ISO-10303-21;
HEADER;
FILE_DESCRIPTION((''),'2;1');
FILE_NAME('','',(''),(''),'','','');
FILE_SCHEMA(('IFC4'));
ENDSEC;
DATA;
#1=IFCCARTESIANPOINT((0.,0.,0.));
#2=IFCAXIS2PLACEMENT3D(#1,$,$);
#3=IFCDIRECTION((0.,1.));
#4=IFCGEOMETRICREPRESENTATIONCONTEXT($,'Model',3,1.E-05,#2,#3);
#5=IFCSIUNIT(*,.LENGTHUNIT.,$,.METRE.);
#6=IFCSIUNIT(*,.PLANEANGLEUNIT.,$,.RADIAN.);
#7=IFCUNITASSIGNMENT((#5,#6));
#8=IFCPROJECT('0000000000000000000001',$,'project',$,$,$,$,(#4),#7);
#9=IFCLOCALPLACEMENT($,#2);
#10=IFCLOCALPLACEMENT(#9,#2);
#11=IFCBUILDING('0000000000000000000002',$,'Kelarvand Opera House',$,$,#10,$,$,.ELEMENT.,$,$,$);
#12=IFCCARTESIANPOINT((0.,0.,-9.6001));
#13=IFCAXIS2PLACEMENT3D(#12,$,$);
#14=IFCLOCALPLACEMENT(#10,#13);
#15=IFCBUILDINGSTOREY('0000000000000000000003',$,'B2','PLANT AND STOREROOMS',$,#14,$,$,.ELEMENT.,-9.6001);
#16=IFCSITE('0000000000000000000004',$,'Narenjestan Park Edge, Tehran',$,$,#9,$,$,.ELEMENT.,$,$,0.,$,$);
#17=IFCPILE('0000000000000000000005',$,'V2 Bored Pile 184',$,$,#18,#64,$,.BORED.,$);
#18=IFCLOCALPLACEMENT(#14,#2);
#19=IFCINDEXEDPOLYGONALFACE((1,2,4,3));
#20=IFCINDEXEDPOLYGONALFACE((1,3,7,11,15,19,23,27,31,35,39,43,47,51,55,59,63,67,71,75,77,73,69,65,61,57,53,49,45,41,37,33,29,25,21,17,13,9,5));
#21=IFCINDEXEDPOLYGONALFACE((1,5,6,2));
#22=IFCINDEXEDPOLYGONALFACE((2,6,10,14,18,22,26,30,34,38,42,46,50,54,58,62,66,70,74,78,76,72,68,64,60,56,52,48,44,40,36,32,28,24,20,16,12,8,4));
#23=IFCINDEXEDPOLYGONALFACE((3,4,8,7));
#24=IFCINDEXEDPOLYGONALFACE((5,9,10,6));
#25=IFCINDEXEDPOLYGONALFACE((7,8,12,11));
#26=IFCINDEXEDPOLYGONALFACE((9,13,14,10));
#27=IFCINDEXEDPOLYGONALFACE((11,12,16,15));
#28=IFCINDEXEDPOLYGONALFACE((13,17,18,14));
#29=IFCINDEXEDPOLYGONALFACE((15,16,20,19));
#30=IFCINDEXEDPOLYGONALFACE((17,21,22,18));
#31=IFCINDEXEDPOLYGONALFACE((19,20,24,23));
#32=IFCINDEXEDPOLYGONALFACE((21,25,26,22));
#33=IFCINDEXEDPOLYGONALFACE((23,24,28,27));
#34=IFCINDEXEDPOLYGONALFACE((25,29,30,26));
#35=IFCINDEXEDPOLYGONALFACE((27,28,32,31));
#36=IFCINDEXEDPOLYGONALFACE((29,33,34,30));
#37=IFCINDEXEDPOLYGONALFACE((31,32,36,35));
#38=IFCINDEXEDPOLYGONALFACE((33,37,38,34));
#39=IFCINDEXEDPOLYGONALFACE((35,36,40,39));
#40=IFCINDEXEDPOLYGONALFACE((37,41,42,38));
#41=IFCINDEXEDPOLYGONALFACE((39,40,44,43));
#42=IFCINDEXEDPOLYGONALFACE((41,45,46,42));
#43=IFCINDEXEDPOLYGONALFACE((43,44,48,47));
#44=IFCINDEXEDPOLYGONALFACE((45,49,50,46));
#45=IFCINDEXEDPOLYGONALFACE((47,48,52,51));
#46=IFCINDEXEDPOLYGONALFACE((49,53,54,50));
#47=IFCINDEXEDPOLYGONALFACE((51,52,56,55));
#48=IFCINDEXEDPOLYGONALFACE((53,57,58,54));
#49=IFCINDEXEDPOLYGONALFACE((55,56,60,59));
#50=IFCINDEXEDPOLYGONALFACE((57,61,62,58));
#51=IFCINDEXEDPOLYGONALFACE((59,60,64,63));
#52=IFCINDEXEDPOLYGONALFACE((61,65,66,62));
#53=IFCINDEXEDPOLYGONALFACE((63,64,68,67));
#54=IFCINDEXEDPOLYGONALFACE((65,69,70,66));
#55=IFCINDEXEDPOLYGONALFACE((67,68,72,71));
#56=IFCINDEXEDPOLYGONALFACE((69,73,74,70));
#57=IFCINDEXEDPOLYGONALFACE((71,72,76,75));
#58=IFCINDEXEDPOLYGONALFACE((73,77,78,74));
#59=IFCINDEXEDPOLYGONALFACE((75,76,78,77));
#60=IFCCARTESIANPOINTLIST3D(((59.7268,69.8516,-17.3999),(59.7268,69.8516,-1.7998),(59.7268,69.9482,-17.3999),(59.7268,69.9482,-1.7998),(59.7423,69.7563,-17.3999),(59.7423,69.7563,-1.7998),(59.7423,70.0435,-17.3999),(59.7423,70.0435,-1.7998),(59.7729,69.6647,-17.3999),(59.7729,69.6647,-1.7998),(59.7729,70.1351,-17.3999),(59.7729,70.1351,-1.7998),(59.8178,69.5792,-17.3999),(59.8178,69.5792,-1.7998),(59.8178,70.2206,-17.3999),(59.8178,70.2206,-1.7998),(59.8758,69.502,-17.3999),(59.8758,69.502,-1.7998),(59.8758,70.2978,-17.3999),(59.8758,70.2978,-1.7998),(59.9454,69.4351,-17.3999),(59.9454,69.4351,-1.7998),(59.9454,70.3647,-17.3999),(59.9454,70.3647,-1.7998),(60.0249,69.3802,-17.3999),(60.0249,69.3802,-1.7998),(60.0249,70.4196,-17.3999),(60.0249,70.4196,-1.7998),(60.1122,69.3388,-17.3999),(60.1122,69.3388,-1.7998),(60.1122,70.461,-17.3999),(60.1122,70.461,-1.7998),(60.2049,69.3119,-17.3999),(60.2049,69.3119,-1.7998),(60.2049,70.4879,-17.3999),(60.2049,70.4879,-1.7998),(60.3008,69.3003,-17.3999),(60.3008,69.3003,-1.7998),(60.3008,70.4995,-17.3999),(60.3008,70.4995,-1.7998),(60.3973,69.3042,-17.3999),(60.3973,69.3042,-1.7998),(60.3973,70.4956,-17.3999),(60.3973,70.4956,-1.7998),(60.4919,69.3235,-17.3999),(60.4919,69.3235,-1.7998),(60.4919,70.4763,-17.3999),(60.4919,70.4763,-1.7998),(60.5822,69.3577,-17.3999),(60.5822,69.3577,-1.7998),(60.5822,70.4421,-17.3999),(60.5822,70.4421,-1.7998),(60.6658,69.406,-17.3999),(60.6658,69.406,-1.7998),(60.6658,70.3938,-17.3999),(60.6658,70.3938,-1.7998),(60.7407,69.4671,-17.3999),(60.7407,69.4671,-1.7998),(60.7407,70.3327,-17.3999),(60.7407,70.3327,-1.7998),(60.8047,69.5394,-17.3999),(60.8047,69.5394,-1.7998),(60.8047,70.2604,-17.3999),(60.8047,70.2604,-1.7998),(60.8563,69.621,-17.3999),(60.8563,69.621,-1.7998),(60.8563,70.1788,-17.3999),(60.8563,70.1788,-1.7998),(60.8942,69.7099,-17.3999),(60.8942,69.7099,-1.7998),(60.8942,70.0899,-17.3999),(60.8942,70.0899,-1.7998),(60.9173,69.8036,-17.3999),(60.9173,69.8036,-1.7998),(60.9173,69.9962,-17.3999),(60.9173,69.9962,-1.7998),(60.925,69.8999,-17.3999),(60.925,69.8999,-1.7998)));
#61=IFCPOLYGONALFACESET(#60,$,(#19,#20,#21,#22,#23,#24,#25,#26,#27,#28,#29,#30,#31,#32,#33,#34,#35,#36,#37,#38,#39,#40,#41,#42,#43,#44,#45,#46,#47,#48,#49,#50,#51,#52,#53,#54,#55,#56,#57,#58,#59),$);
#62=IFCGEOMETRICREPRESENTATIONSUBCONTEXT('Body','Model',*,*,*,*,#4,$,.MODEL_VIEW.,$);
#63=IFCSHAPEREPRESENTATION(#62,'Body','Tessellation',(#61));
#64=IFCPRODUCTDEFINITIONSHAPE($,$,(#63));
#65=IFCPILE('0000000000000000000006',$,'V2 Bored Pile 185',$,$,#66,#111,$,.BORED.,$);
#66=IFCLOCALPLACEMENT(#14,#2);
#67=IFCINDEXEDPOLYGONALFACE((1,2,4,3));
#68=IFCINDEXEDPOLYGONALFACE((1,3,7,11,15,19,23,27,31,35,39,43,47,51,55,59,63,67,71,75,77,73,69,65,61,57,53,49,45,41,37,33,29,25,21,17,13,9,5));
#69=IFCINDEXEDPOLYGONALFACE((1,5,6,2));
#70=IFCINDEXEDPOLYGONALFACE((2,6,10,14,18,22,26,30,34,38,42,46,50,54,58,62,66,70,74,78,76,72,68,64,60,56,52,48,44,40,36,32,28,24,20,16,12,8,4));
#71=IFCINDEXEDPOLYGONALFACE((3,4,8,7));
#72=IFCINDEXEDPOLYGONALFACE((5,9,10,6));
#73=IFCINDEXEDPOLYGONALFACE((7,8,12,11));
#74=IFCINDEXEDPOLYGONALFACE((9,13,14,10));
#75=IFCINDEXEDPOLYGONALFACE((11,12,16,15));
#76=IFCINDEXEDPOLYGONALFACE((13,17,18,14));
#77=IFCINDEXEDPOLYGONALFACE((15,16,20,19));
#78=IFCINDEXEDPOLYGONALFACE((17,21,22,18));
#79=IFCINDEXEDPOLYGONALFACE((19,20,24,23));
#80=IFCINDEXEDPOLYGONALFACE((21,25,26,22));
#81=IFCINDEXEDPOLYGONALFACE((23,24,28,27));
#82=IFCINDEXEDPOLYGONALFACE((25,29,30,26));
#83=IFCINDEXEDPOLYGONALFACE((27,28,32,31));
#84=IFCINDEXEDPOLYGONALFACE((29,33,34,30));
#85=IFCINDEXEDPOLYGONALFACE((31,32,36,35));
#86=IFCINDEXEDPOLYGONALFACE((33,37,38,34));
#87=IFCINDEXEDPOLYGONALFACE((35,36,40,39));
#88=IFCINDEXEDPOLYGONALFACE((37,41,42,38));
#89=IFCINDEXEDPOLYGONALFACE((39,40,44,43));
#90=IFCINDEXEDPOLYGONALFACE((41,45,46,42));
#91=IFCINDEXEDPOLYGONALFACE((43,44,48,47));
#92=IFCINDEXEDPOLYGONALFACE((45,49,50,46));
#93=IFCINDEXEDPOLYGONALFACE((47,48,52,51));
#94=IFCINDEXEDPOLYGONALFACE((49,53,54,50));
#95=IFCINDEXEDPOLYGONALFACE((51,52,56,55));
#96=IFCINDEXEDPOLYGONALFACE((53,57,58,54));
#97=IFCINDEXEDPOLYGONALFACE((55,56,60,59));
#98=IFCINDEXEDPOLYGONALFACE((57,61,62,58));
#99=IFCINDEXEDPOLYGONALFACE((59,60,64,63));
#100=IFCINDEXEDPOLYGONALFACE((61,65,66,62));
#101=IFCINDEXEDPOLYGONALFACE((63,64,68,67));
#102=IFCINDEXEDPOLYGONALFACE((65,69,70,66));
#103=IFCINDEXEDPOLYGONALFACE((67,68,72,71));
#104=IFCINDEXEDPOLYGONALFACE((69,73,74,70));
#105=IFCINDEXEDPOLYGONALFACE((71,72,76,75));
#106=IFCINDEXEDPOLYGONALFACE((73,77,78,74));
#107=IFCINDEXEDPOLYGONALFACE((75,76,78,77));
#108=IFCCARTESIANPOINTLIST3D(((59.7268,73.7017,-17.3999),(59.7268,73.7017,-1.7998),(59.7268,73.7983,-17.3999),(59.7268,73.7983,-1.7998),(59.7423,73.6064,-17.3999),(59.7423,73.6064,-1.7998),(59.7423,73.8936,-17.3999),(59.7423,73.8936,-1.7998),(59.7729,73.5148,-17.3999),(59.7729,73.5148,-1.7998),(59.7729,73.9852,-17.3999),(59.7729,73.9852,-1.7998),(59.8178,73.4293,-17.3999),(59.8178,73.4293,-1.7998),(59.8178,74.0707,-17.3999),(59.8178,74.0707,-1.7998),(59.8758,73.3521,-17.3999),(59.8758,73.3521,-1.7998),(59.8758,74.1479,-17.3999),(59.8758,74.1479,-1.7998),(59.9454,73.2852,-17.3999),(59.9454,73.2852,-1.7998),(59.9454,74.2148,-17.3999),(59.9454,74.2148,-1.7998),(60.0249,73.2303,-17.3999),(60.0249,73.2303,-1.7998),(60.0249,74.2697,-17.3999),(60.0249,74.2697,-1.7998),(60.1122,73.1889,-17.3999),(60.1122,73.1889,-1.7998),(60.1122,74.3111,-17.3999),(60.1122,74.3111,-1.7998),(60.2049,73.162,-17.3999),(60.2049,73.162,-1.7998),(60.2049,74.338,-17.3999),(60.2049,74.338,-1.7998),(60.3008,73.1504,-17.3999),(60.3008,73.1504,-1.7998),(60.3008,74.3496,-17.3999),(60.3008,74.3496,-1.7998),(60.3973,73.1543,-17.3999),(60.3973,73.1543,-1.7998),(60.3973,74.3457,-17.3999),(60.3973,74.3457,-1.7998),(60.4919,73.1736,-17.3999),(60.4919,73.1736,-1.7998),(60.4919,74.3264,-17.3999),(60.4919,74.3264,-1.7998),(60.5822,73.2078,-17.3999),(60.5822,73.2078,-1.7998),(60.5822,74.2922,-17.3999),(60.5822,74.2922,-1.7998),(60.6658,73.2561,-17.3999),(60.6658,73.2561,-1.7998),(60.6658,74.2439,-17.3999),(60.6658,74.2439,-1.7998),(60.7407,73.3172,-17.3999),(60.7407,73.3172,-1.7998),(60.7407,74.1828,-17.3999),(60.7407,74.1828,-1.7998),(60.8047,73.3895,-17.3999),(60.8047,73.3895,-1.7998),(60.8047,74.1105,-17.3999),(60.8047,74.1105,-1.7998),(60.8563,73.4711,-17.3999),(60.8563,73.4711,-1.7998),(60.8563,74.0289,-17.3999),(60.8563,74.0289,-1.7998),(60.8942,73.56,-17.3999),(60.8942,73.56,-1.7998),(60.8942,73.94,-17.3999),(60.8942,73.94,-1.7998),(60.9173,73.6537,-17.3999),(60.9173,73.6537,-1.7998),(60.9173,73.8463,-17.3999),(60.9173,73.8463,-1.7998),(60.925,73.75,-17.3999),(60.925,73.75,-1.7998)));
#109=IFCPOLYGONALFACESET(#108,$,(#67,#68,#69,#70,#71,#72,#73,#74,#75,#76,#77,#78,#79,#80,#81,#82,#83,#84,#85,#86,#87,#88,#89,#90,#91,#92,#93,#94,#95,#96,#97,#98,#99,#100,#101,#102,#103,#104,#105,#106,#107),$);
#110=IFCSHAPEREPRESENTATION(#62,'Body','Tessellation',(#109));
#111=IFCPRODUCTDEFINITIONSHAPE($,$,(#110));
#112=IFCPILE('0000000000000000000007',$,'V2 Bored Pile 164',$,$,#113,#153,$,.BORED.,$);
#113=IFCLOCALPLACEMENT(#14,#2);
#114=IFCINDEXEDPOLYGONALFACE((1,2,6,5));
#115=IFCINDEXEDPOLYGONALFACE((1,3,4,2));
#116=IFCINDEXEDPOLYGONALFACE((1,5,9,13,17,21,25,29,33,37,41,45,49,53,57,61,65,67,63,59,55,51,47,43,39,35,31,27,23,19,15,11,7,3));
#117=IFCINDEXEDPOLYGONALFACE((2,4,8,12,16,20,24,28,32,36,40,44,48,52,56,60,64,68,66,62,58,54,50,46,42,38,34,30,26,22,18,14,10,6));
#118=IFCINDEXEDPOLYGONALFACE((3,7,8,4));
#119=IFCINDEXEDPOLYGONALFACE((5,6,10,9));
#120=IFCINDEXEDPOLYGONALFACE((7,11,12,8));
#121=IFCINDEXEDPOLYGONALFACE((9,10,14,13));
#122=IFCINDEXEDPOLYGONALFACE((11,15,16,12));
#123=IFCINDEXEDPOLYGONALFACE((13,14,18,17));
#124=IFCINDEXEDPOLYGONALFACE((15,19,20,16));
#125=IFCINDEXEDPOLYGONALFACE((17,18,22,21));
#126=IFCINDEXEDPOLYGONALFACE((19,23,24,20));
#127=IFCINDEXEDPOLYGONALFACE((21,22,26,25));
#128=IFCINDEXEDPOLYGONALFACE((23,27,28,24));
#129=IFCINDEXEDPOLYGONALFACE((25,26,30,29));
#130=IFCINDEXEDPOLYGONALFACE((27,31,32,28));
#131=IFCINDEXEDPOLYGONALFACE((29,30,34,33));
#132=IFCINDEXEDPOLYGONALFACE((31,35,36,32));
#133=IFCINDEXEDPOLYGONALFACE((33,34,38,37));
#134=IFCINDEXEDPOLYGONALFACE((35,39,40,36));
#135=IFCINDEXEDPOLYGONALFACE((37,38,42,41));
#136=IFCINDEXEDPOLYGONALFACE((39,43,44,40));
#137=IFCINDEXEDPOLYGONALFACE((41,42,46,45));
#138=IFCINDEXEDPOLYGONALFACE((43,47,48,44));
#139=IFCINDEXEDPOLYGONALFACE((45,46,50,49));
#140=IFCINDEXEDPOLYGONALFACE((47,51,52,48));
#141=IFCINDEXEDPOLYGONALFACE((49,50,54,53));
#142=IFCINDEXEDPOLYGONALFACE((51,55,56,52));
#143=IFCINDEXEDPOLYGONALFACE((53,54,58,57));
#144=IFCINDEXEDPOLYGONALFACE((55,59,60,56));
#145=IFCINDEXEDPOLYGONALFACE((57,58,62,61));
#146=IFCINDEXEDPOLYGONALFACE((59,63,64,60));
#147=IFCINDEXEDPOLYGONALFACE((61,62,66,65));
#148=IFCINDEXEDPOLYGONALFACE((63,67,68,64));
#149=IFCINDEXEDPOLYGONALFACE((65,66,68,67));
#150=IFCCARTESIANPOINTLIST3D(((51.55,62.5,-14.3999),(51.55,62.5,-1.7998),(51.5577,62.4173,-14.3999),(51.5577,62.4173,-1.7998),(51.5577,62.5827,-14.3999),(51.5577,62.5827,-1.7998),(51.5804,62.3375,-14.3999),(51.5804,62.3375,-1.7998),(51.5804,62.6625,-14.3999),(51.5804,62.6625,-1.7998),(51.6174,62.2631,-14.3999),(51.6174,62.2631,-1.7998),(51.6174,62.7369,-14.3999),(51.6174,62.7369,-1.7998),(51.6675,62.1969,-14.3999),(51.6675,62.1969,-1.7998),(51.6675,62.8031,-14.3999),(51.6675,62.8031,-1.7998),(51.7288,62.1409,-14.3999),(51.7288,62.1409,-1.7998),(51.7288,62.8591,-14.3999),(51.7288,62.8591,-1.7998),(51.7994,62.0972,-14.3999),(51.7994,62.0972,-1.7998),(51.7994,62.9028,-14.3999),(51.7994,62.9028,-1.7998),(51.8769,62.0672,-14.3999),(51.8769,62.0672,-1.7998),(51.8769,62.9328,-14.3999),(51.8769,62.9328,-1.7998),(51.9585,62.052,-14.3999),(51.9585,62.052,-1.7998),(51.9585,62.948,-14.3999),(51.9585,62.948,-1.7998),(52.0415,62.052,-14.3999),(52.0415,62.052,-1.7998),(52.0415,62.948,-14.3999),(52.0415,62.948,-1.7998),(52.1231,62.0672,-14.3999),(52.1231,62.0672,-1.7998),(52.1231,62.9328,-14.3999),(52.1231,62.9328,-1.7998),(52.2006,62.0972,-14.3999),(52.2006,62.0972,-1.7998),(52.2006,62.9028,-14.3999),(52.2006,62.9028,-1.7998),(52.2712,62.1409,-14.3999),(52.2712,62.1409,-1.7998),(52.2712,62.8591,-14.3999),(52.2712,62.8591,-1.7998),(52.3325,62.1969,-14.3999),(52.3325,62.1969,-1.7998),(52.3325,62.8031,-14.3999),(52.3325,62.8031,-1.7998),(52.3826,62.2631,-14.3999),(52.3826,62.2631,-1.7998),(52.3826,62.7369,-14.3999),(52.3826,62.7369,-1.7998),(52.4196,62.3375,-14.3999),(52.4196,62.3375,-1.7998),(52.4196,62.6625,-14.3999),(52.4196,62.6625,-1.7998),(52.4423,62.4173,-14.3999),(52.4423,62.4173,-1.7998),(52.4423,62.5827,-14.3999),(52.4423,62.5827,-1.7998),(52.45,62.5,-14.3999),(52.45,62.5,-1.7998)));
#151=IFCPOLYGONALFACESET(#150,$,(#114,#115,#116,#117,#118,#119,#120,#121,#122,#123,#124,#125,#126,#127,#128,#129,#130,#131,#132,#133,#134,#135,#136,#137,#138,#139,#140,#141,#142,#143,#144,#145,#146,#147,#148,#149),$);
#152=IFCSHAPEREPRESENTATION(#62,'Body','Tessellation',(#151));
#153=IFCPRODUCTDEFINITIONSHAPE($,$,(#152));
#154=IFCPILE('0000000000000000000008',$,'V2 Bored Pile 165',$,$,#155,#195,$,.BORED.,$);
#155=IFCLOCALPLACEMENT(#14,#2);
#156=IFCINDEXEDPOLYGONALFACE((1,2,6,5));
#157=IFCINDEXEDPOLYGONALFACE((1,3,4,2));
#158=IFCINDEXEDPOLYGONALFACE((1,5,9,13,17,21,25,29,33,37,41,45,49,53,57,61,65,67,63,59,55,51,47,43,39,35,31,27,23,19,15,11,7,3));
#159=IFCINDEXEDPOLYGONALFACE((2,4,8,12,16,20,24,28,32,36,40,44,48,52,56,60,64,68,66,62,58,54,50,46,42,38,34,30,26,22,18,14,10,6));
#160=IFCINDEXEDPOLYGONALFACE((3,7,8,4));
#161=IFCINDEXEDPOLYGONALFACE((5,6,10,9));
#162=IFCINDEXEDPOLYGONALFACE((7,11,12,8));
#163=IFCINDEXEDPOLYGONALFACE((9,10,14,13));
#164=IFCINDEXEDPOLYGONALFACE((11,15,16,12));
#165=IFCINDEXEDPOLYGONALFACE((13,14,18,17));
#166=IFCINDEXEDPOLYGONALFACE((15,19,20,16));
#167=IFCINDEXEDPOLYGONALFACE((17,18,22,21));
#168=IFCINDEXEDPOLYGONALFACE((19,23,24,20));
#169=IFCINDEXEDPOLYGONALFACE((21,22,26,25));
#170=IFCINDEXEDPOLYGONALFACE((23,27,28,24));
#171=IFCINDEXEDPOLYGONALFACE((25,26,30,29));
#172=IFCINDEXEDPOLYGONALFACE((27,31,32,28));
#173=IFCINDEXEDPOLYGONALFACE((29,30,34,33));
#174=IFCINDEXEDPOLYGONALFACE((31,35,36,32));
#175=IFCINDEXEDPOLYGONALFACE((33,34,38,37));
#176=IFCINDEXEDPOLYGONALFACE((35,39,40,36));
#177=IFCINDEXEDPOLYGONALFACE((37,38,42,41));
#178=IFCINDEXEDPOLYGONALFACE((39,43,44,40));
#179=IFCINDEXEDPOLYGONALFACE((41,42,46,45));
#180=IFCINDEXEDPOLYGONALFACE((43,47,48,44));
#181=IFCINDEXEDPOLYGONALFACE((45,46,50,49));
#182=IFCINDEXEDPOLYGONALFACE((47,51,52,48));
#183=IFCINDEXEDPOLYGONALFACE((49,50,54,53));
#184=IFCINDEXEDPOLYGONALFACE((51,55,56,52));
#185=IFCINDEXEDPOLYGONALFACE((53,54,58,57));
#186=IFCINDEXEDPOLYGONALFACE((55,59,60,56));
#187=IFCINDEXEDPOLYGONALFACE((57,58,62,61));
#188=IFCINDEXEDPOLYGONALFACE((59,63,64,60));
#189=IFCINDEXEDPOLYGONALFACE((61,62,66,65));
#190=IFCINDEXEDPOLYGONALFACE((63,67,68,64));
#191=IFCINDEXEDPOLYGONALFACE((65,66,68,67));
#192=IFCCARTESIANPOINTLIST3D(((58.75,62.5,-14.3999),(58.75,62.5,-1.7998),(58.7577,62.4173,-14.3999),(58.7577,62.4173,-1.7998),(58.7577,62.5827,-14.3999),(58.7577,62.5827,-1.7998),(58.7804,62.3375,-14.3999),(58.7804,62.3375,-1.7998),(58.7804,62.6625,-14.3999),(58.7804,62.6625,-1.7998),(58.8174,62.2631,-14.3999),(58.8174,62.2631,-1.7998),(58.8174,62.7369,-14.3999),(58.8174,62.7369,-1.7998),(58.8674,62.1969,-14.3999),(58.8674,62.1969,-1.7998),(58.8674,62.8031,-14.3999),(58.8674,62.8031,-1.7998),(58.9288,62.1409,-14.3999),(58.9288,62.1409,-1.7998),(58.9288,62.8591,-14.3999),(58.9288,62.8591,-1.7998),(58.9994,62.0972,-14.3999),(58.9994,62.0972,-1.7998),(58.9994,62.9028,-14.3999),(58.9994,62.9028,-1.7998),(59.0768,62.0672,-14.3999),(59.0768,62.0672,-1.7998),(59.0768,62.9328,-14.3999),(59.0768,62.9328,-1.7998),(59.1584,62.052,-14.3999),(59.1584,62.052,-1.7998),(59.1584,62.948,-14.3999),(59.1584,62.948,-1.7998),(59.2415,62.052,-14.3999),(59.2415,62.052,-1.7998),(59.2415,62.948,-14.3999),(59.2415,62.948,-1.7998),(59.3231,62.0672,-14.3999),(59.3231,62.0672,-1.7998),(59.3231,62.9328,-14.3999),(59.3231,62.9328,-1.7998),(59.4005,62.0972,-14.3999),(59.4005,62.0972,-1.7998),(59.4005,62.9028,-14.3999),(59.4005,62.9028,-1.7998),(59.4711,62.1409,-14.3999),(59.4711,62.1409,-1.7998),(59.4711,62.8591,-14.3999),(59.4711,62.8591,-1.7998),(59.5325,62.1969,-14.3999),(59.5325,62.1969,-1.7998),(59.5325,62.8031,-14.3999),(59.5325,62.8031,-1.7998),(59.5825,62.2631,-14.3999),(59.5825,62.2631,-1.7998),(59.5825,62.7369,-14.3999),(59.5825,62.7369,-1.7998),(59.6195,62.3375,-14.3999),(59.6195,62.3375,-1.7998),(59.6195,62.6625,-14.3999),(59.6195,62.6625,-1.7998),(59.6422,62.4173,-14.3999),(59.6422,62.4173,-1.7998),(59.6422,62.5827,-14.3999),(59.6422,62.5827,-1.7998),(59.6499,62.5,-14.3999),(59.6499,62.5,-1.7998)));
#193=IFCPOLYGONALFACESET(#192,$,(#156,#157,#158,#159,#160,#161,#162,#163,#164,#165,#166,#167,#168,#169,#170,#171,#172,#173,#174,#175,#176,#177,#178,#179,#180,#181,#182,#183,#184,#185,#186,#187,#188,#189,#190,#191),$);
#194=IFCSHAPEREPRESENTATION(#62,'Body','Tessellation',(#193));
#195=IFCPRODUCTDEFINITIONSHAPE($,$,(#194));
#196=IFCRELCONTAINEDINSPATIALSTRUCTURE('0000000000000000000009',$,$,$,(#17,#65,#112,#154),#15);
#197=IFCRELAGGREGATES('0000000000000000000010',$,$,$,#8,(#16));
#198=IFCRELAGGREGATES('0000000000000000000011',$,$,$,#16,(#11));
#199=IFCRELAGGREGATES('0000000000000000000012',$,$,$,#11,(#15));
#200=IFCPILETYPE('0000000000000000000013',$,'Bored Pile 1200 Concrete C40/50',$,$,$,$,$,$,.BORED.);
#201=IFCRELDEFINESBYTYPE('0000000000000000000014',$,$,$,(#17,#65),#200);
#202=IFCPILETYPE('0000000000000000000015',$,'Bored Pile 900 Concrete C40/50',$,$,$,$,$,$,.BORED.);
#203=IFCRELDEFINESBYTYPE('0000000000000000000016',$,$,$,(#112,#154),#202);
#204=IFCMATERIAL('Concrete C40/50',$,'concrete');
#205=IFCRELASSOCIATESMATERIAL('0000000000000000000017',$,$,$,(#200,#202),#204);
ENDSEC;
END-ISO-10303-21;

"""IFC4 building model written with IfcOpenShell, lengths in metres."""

from ifc_helpers import new_model, si_unit, direction, frame, origin, origin_2d, place, context, subcontext, project, spatial, circle, extrude, material, material_profile, profile_set, type_object, element, save


model = new_model("IFC4")

# Units and contexts
model_context = context("Model", 3, precision=1e-05, world=origin(), true_north=direction((0.0, 1.0)))
body_context = subcontext(model_context, "Body", "Model", "MODEL_VIEW")
ifc_project = project(units=[si_unit("LENGTHUNIT", "METRE"), si_unit("PLANEANGLEUNIT", "RADIAN")], contexts=[model_context])

# Site, building, storey
site_placement = place(None, origin())
site = spatial("IfcSite", under=ifc_project, at=site_placement, Name="Narenjestan Park Edge, Tehran", CompositionType="ELEMENT", RefElevation=0.0)
building_placement = place(site_placement, origin())
building = spatial("IfcBuilding", under=site, at=building_placement, Name="Kelarvand Opera House", CompositionType="ELEMENT")
storey_placement = place(building_placement, frame((0.0, 0.0, -9.6001)))
storey = spatial("IfcBuildingStorey", under=building, at=storey_placement, Name="B2", Description="PLANT AND STOREROOMS", CompositionType="ELEMENT", Elevation=-9.6001)

# Piles
ifc_material_1 = material(Name="Concrete C40/50", Category="concrete")
ifc_material_profile_1 = material_profile(ifc_material_1, circle(Radius=0.6001, at=origin_2d()), Name="BP 1200", Category="concrete")
ifc_profile_set_1 = profile_set([ifc_material_profile_1], Name="Concrete C40/50")
pile_type_1 = type_object("IfcPileType", Name="Bored Pile 1200 Concrete C40/50", PredefinedType="BORED", material=ifc_profile_set_1)
for number, where, z_axis, x_axis, name in (
    (1, (60.325, 69.8999, -1.7998), (0.0, 0.0, -1.0), (1.0, 0.0, 0.0), "V2 Bored Pile 184"),
    (2, (60.325, 73.75, -1.7998), (0.0, 0.0, -1.0), (1.0, 0.0, 0.0), "V2 Bored Pile 185"),
):
    element("IfcPile", number, at=place(storey_placement, frame(where, z_axis=z_axis, x_axis=x_axis)), inside=storey, type_object=pile_type_1, Name=name, PredefinedType="BORED", context=body_context, shape_type="SweptSolid", body=[
        extrude(circle(Radius=0.6001, at=origin_2d()), origin(), (0.0, 0.0, 1.0), 15.6001),
    ])
ifc_material_profile_2 = material_profile(ifc_material_1, circle(Radius=0.45, at=origin_2d()), Name="BP 900", Category="concrete")
ifc_profile_set_2 = profile_set([ifc_material_profile_2], Name="Concrete C40/50")
pile_type_2 = type_object("IfcPileType", Name="Bored Pile 900 Concrete C40/50", PredefinedType="BORED", material=ifc_profile_set_2)
for number, where, z_axis, x_axis, name in (
    (3, (52.0, 62.5, -1.7998), (0.0, 0.0, -1.0), (1.0, 0.0, 0.0), "V2 Bored Pile 164"),
    (4, (59.2, 62.5, -1.7998), (0.0, 0.0, -1.0), (1.0, 0.0, 0.0), "V2 Bored Pile 165"),
):
    element("IfcPile", number, at=place(storey_placement, frame(where, z_axis=z_axis, x_axis=x_axis)), inside=storey, type_object=pile_type_2, Name=name, PredefinedType="BORED", context=body_context, shape_type="SweptSolid", body=[
        extrude(circle(Radius=0.45, at=origin_2d()), origin(), (0.0, 0.0, 1.0), 12.6001),
    ])

save(model, "model.ifc")
